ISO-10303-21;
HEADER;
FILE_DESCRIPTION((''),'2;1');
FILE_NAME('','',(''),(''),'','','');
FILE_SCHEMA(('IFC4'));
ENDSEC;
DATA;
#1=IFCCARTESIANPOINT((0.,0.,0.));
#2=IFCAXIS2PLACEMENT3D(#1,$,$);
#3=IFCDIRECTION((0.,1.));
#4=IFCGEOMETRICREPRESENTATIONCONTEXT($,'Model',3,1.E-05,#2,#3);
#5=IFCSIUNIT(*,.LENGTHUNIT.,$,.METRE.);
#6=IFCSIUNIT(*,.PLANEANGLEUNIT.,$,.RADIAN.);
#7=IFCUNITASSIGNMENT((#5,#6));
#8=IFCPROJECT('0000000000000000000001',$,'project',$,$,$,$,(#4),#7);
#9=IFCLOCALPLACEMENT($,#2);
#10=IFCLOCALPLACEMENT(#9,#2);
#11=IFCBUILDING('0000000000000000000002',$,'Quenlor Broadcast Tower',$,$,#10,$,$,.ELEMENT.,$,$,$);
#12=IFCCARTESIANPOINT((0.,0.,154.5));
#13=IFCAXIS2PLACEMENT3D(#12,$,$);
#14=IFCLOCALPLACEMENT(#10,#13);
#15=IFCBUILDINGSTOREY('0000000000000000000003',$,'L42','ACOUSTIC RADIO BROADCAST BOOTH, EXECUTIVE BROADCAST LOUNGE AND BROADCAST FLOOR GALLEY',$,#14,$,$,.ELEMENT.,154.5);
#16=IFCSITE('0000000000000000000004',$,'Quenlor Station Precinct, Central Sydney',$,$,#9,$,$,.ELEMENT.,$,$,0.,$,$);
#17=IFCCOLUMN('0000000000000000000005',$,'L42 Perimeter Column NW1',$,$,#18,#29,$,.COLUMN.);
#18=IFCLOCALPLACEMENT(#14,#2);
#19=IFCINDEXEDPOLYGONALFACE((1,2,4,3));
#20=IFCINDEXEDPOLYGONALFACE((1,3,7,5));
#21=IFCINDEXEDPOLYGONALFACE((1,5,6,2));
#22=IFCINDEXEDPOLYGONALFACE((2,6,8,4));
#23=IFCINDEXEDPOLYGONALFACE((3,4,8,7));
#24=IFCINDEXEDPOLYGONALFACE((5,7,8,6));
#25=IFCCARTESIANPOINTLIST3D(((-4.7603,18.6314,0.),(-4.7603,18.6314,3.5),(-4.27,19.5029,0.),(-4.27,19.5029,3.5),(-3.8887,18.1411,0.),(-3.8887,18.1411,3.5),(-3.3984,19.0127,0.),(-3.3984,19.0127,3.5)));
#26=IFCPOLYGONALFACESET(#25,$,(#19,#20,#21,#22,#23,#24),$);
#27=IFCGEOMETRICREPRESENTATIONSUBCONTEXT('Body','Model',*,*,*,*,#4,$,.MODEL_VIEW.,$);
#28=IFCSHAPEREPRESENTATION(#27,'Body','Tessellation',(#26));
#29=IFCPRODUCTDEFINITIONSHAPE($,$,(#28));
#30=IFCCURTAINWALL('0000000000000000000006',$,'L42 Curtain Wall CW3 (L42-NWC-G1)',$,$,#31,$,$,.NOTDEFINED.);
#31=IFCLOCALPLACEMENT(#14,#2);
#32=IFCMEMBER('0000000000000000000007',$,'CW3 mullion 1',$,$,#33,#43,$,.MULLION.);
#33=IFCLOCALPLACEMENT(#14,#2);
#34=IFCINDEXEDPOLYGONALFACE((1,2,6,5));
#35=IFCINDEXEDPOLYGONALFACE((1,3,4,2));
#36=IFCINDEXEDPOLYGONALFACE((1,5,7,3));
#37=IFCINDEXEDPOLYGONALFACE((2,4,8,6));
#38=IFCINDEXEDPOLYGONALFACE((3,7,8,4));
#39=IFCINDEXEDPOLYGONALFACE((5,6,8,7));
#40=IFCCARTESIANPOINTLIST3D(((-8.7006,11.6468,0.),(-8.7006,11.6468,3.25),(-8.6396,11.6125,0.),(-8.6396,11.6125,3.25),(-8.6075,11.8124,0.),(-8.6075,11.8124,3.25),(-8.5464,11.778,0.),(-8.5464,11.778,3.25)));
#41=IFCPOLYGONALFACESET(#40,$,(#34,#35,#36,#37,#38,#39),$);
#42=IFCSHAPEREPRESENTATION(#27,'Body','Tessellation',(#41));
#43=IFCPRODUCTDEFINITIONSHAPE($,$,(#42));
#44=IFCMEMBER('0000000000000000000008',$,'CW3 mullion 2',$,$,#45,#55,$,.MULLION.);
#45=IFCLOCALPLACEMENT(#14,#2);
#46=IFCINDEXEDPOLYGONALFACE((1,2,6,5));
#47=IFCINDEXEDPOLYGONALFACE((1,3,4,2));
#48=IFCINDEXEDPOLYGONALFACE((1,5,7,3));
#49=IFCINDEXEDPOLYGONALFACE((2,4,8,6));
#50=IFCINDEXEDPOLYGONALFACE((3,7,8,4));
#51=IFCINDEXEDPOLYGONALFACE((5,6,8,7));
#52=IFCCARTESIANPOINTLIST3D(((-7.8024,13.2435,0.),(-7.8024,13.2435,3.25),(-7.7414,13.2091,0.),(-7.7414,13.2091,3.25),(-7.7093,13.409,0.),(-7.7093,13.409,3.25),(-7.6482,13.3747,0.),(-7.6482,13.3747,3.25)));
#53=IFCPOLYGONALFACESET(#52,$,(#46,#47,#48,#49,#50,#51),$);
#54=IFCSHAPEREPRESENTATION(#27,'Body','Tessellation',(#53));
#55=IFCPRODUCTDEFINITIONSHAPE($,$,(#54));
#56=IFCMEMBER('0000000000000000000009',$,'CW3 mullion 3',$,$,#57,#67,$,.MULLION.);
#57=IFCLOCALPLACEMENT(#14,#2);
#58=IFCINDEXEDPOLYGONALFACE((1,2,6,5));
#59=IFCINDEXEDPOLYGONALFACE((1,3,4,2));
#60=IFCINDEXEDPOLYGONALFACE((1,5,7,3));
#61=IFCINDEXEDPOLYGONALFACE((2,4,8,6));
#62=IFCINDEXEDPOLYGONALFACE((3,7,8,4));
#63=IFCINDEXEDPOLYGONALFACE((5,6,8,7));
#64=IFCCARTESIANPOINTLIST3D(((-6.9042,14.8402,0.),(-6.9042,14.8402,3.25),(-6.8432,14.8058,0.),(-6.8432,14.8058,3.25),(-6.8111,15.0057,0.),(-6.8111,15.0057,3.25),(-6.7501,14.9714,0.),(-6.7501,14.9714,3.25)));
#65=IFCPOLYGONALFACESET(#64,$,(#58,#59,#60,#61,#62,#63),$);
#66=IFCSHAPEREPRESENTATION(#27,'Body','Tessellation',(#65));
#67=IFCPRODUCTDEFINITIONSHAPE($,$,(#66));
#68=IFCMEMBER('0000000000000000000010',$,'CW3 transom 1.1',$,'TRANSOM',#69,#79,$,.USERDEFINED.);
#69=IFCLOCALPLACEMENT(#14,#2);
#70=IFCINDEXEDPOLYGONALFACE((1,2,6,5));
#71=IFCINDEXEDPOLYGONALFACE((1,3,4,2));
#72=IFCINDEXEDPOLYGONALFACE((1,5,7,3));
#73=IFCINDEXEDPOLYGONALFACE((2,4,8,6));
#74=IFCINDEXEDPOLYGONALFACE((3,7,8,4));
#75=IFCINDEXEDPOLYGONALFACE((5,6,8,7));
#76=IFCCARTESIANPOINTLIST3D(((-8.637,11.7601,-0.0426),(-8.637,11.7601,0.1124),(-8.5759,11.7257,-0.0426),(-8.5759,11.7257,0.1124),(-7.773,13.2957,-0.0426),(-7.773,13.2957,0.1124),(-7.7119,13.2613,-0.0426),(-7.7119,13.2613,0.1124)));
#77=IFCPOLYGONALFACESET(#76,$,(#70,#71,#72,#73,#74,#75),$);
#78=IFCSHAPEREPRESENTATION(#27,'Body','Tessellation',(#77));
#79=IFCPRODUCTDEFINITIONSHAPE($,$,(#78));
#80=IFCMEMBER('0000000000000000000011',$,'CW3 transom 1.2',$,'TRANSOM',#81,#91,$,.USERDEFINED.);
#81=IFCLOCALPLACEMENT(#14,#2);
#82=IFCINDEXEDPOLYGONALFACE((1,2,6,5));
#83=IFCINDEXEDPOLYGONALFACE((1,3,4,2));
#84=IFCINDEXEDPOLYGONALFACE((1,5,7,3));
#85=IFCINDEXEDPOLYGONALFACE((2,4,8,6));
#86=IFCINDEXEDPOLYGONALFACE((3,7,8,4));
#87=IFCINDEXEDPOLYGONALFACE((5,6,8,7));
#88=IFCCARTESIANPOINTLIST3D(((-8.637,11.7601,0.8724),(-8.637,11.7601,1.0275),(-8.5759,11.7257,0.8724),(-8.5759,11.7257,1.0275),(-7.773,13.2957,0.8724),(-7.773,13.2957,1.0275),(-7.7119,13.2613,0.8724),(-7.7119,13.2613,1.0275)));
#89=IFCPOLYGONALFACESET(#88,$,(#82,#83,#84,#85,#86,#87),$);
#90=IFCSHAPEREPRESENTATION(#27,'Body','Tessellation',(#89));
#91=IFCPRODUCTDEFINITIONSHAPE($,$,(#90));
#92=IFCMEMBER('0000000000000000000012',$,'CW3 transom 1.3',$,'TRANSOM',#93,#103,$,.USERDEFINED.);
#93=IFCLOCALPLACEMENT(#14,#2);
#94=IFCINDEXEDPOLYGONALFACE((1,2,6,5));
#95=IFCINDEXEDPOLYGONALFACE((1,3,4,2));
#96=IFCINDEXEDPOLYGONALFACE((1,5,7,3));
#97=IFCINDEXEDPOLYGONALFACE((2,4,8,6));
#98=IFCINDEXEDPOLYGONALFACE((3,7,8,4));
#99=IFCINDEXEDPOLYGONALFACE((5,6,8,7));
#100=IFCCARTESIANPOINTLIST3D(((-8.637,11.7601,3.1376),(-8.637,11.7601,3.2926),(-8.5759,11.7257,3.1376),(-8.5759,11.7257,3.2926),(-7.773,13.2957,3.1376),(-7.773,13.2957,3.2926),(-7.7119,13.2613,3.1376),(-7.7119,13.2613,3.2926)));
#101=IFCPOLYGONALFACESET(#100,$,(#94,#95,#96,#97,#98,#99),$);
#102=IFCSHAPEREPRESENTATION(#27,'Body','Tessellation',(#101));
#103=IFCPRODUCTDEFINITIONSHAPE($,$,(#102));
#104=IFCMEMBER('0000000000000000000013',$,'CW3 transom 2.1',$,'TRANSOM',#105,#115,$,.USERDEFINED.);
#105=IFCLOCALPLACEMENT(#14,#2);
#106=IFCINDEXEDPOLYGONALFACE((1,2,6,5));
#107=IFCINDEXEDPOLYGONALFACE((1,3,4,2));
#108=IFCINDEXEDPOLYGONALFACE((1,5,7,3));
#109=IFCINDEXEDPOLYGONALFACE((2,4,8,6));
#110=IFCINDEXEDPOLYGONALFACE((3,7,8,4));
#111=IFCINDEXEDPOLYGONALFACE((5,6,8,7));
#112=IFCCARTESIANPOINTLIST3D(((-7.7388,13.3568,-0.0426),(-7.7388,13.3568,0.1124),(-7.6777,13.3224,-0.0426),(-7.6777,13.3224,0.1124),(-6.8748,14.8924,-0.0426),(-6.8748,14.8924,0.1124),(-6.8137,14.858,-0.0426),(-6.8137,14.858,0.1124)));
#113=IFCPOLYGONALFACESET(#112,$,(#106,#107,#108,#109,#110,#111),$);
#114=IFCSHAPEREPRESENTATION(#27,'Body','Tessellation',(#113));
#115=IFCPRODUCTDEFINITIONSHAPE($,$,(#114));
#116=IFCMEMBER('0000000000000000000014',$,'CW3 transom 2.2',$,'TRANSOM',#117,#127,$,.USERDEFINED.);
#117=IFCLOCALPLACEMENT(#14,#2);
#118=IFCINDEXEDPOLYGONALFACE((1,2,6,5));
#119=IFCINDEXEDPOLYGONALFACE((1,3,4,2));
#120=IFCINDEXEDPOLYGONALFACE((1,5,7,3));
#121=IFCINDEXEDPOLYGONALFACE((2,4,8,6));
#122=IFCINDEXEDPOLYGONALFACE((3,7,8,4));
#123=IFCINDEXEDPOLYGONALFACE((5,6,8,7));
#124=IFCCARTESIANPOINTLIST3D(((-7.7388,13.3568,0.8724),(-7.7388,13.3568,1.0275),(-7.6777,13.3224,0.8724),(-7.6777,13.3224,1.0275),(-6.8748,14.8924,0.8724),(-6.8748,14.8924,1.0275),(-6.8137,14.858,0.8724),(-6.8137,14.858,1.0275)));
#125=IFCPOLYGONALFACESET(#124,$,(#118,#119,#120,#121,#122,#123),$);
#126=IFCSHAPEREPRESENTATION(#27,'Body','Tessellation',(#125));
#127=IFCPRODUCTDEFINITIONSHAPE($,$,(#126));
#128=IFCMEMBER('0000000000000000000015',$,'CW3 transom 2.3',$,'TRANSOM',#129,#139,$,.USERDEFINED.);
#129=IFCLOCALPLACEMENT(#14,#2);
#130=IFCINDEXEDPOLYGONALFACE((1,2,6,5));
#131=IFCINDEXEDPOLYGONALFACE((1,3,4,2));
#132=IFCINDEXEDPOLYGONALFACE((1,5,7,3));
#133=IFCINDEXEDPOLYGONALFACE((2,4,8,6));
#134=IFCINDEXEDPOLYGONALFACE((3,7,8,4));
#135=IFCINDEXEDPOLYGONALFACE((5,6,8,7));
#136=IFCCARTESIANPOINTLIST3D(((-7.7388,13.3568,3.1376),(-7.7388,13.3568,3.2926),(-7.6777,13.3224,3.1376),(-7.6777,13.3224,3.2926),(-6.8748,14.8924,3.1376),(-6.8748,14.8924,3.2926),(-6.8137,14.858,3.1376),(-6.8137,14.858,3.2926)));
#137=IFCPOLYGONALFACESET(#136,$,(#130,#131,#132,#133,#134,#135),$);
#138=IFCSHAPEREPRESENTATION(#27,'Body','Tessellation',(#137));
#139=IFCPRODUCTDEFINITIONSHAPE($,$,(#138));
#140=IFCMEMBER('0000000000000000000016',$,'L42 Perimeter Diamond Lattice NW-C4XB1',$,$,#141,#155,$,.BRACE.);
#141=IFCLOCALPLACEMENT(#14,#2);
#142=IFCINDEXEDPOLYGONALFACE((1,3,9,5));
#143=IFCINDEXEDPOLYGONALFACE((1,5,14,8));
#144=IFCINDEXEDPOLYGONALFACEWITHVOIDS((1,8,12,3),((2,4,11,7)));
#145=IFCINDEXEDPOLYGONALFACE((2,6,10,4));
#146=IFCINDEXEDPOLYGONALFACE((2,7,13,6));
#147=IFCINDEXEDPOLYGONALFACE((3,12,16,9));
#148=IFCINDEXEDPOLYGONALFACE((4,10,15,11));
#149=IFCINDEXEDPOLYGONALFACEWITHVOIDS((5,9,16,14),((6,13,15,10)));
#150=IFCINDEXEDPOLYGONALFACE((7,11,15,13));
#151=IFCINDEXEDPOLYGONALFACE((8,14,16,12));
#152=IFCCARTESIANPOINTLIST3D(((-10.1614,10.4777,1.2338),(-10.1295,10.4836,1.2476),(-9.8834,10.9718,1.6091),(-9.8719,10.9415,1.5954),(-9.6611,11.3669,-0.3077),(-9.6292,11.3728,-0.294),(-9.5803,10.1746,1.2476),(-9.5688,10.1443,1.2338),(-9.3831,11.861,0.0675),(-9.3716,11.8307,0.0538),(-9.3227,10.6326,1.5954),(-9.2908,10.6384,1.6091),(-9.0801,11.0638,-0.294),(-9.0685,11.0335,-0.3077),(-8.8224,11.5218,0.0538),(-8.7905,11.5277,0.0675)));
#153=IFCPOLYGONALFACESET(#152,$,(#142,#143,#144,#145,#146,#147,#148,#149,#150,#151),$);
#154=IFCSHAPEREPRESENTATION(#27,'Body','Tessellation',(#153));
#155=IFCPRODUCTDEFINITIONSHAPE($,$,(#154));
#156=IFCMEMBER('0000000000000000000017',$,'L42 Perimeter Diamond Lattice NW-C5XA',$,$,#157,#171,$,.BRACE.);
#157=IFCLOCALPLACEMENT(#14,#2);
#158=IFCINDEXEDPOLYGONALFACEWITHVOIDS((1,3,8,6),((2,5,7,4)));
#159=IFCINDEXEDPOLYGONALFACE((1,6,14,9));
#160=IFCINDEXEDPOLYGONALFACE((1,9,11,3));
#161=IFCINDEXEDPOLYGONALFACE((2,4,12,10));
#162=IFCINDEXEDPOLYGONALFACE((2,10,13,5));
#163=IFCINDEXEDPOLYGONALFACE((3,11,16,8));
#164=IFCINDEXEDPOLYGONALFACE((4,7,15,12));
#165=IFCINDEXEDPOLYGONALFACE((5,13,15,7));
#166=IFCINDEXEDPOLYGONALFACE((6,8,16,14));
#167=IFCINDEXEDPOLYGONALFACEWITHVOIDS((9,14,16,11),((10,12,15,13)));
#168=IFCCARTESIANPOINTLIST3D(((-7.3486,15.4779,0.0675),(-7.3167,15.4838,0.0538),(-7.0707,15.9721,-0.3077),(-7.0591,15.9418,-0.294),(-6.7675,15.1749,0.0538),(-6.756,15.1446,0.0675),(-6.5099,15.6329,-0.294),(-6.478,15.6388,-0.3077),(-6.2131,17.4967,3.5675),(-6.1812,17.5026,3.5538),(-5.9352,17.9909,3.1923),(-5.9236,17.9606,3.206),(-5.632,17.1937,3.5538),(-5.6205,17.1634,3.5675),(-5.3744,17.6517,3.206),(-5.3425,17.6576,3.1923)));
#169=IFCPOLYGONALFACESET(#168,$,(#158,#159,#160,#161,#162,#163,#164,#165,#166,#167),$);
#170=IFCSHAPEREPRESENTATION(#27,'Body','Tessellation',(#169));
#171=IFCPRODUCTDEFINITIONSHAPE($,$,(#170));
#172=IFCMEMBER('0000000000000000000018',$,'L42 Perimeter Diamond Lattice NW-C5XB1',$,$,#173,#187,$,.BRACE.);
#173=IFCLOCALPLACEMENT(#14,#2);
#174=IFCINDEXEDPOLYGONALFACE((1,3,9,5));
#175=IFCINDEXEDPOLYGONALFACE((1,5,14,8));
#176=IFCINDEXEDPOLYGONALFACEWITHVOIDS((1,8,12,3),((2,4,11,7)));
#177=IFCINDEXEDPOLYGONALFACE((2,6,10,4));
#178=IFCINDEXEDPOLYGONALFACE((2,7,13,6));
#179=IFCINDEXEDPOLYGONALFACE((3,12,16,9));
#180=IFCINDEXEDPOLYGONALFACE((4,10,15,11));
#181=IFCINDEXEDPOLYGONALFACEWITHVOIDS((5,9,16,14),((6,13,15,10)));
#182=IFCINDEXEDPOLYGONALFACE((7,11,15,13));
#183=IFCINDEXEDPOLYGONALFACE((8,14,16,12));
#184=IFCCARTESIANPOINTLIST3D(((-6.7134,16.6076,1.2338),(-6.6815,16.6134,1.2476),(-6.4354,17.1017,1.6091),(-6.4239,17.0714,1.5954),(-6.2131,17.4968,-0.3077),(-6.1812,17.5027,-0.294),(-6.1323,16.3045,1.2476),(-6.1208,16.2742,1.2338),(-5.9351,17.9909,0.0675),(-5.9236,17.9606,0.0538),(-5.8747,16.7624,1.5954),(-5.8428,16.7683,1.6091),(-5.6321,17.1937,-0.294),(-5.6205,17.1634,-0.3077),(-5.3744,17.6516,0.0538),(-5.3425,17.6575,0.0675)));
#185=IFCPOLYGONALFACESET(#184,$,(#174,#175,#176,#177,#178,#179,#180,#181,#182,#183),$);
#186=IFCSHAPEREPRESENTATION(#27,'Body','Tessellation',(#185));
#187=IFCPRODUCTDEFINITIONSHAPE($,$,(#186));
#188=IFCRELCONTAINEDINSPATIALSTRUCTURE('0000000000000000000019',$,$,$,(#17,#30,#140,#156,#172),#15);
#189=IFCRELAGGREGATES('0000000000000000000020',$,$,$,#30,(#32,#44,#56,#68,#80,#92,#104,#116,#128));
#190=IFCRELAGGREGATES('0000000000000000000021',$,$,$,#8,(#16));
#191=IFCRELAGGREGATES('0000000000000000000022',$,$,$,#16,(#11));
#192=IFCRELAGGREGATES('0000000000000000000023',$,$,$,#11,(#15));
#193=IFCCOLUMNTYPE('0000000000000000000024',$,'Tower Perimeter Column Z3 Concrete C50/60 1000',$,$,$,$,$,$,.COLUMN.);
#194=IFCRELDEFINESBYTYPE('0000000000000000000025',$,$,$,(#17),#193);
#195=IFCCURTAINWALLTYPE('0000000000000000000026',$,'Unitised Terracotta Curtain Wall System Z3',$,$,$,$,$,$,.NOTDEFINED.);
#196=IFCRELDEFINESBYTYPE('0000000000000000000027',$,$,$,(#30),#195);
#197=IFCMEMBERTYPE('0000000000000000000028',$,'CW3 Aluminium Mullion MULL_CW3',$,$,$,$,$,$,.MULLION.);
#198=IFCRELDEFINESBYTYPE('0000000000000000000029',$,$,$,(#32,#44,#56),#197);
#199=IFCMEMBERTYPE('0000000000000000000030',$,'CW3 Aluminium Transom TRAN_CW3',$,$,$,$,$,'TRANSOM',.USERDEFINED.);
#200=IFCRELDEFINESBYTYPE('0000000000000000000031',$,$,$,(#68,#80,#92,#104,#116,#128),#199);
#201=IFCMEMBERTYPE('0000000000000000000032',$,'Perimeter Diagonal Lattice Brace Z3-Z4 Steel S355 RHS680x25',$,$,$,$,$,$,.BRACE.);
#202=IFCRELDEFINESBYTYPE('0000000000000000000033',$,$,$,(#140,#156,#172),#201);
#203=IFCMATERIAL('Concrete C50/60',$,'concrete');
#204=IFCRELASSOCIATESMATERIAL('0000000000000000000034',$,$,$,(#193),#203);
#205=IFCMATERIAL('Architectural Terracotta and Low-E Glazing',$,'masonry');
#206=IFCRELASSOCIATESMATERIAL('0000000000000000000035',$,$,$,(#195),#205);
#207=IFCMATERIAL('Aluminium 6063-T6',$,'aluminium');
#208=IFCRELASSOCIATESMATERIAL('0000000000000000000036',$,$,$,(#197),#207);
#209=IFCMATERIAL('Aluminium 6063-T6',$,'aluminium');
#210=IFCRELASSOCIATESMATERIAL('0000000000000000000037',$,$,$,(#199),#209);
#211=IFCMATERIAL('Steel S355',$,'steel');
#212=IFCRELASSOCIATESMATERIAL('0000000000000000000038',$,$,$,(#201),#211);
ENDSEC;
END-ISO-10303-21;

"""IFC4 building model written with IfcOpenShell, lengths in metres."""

from ifc_helpers import new_model, si_unit, direction, frame, origin, origin_2d, place, context, subcontext, project, spatial, rectangle, hollow_rectangle, extrude, material, material_profile, profile_set, type_object, element, aggregate, save


model = new_model("IFC4")

# Units and contexts
model_context = context("Model", 3, precision=1e-05, world=origin(), true_north=direction((0.0, 1.0)))
body_context = subcontext(model_context, "Body", "Model", "MODEL_VIEW")
ifc_project = project(units=[si_unit("LENGTHUNIT", "METRE"), si_unit("PLANEANGLEUNIT", "RADIAN")], contexts=[model_context])

# Site, building, storey
site_placement = place(None, origin())
site = spatial("IfcSite", under=ifc_project, at=site_placement, Name="Quenlor Station Precinct, Central Sydney", CompositionType="ELEMENT", RefElevation=0.0)
building_placement = place(site_placement, origin())
building = spatial("IfcBuilding", under=site, at=building_placement, Name="Quenlor Broadcast Tower", CompositionType="ELEMENT")
storey_placement = place(building_placement, frame((0.0, 0.0, 154.5)))
storey = spatial("IfcBuildingStorey", under=building, at=storey_placement, Name="L42", Description="ACOUSTIC RADIO BROADCAST BOOTH, EXECUTIVE BROADCAST LOUNGE AND BROADCAST FLOOR GALLEY", CompositionType="ELEMENT", Elevation=154.5)

# Column
ifc_material_1 = material(Name="Concrete C50/60", Category="concrete")
ifc_material_profile_1 = material_profile(ifc_material_1, rectangle(XDim=1.0, YDim=1.0, at=origin_2d()))
ifc_profile_set_1 = profile_set([ifc_material_profile_1], Name="Concrete C50/60 RC1000x1000")
column_type = type_object("IfcColumnType", Name="Tower Perimeter Column Z3 Concrete C50/60 1000", PredefinedType="COLUMN", material=ifc_profile_set_1)
column_placement = place(storey_placement, frame((-4.0793, 18.822, 0.0), z_axis=(0.0, 0.0, 1.0), x_axis=(-0.871575, 0.490262, 0.0)))
element("IfcColumn", 1, at=column_placement, inside=storey, type_object=column_type, Name="L42 Perimeter Column NW1", PredefinedType="COLUMN", context=body_context, shape_type="SweptSolid", body=[
    extrude(rectangle(XDim=1.0, YDim=1.0, at=origin_2d()), origin(), (0.0, 0.0, 1.0), 3.5),
])

# Curtain wall, members
ifc_material_2 = material(Name="Architectural Terracotta and Low-E Glazing", Category="masonry")
curtain_wall_type = type_object("IfcCurtainWallType", Name="Unitised Terracotta Curtain Wall System Z3", PredefinedType="NOTDEFINED", material=ifc_material_2)
curtain_wall_placement = place(storey_placement, origin())
curtain_wall = element("IfcCurtainWall", 2, at=curtain_wall_placement, inside=storey, type_object=curtain_wall_type, Name="L42 Curtain Wall CW3 (L42-NWC-G1)", PredefinedType="NOTDEFINED")
ifc_material_3 = material(Name="Aluminium 6063-T6", Category="aluminium")
ifc_material_profile_2 = material_profile(ifc_material_3, rectangle(XDim=0.0701, YDim=0.1899, at=origin_2d()))
ifc_profile_set_2 = profile_set([ifc_material_profile_2], Name="Aluminium 6063-T6 MULL70x190")
member_type_1 = type_object("IfcMemberType", Name="CW3 Aluminium Mullion MULL_CW3", PredefinedType="MULLION", material=ifc_profile_set_2)
member_1_placement = place(storey_placement, frame((-8.6235, 11.7124, 0.0), z_axis=(0.0, 0.0, 1.0), x_axis=(-0.871571, 0.49027, 0.0)))
member_1 = element("IfcMember", 3, at=member_1_placement, type_object=member_type_1, Name="CW3 mullion 1", PredefinedType="MULLION", context=body_context, shape_type="SweptSolid", body=[
    extrude(rectangle(XDim=0.0701, YDim=0.1899, at=origin_2d()), origin(), (0.0, 0.0, 1.0), 3.25),
])
member_2_placement = place(storey_placement, frame((-7.7253, 13.3091, 0.0), z_axis=(0.0, 0.0, 1.0), x_axis=(-0.871571, 0.49027, 0.0)))
member_2 = element("IfcMember", 4, at=member_2_placement, type_object=member_type_1, Name="CW3 mullion 2", PredefinedType="MULLION", context=body_context, shape_type="SweptSolid", body=[
    extrude(rectangle(XDim=0.0701, YDim=0.1899, at=origin_2d()), origin(), (0.0, 0.0, 1.0), 3.25),
])
member_3_placement = place(storey_placement, frame((-6.8271, 14.9058, 0.0), z_axis=(0.0, 0.0, 1.0), x_axis=(-0.871571, 0.49027, 0.0)))
member_3 = element("IfcMember", 5, at=member_3_placement, type_object=member_type_1, Name="CW3 mullion 3", PredefinedType="MULLION", context=body_context, shape_type="SweptSolid", body=[
    extrude(rectangle(XDim=0.0701, YDim=0.1899, at=origin_2d()), origin(), (0.0, 0.0, 1.0), 3.25),
])
ifc_material_4 = material(Name="Aluminium 6063-T6", Category="aluminium")
ifc_material_profile_3 = material_profile(ifc_material_4, rectangle(XDim=0.0701, YDim=0.155, at=origin_2d()))
ifc_profile_set_3 = profile_set([ifc_material_profile_3], Name="Aluminium 6063-T6 TRAN70x155")
member_type_2 = type_object("IfcMemberType", Name="CW3 Aluminium Transom TRAN_CW3", ElementType="TRANSOM", PredefinedType="USERDEFINED", material=ifc_profile_set_3)
member_4_placement = place(storey_placement, frame((-8.6064, 11.7429, 0.0349), z_axis=(0.490353, 0.871524, 0.0), x_axis=(-0.871524, 0.490353, 0.0)))
member_4 = element("IfcMember", 6, at=member_4_placement, type_object=member_type_2, Name="CW3 transom 1.1", ObjectType="TRANSOM", PredefinedType="USERDEFINED", context=body_context, shape_type="SweptSolid", body=[
    extrude(rectangle(XDim=0.0701, YDim=0.155, at=origin_2d()), origin(), (0.0, 0.0, 1.0), 1.762),
])
member_5_placement = place(storey_placement, frame((-8.6064, 11.7429, 0.95), z_axis=(0.490353, 0.871524, 0.0), x_axis=(-0.871524, 0.490353, 0.0)))
member_5 = element("IfcMember", 7, at=member_5_placement, type_object=member_type_2, Name="CW3 transom 1.2", ObjectType="TRANSOM", PredefinedType="USERDEFINED", context=body_context, shape_type="SweptSolid", body=[
    extrude(rectangle(XDim=0.0701, YDim=0.155, at=origin_2d()), origin(), (0.0, 0.0, 1.0), 1.762),
])
member_6_placement = place(storey_placement, frame((-8.6064, 11.7429, 3.2151), z_axis=(0.490353, 0.871524, 0.0), x_axis=(-0.871524, 0.490353, 0.0)))
member_6 = element("IfcMember", 8, at=member_6_placement, type_object=member_type_2, Name="CW3 transom 1.3", ObjectType="TRANSOM", PredefinedType="USERDEFINED", context=body_context, shape_type="SweptSolid", body=[
    extrude(rectangle(XDim=0.0701, YDim=0.155, at=origin_2d()), origin(), (0.0, 0.0, 1.0), 1.762),
])
member_7_placement = place(storey_placement, frame((-7.7083, 13.3396, 0.0349), z_axis=(0.490353, 0.871524, 0.0), x_axis=(-0.871524, 0.490353, 0.0)))
member_7 = element("IfcMember", 9, at=member_7_placement, type_object=member_type_2, Name="CW3 transom 2.1", ObjectType="TRANSOM", PredefinedType="USERDEFINED", context=body_context, shape_type="SweptSolid", body=[
    extrude(rectangle(XDim=0.0701, YDim=0.155, at=origin_2d()), origin(), (0.0, 0.0, 1.0), 1.762),
])
member_8_placement = place(storey_placement, frame((-7.7083, 13.3396, 0.95), z_axis=(0.490353, 0.871524, 0.0), x_axis=(-0.871524, 0.490353, 0.0)))
member_8 = element("IfcMember", 10, at=member_8_placement, type_object=member_type_2, Name="CW3 transom 2.2", ObjectType="TRANSOM", PredefinedType="USERDEFINED", context=body_context, shape_type="SweptSolid", body=[
    extrude(rectangle(XDim=0.0701, YDim=0.155, at=origin_2d()), origin(), (0.0, 0.0, 1.0), 1.762),
])
member_9_placement = place(storey_placement, frame((-7.7083, 13.3396, 3.2151), z_axis=(0.490353, 0.871524, 0.0), x_axis=(-0.871524, 0.490353, 0.0)))
member_9 = element("IfcMember", 11, at=member_9_placement, type_object=member_type_2, Name="CW3 transom 2.3", ObjectType="TRANSOM", PredefinedType="USERDEFINED", context=body_context, shape_type="SweptSolid", body=[
    extrude(rectangle(XDim=0.0701, YDim=0.155, at=origin_2d()), origin(), (0.0, 0.0, 1.0), 1.762),
])

# Members
ifc_material_5 = material(Name="Steel S355", Category="steel")
ifc_material_profile_4 = material_profile(ifc_material_5, hollow_rectangle(XDim=0.6799, YDim=0.6799, WallThickness=0.0249, at=origin_2d()))
ifc_profile_set_4 = profile_set([ifc_material_profile_4], Name="Steel S355 RHS680x680x25")
member_type_3 = type_object("IfcMemberType", Name="Perimeter Diagonal Lattice Brace Z3-Z4 Steel S355 RHS680x25", PredefinedType="BRACE", material=ifc_profile_set_4)
member_10_placement = place(storey_placement, frame((-9.2258, 11.4473, -0.1201), z_axis=(-0.270616, -0.481008, 0.833905), x_axis=(0.871537, -0.490329, 0.0)))
element("IfcMember", 12, at=member_10_placement, inside=storey, type_object=member_type_3, Name="L42 Perimeter Diamond Lattice NW-C4XB1", PredefinedType="BRACE", context=body_context, shape_type="SweptSolid", body=[
    extrude(hollow_rectangle(XDim=0.6799, YDim=0.6799, WallThickness=0.0249, at=origin_2d()), origin(), (0.0, 0.0, 1.0), 1.8486),
])
member_11_placement = place(storey_placement, frame((-6.9133, 15.5583, -0.1201), z_axis=(0.270549, 0.481009, 0.833927), x_axis=(-0.87159, 0.490236, 0.0)))
element("IfcMember", 13, at=member_11_placement, inside=storey, type_object=member_type_3, Name="L42 Perimeter Diamond Lattice NW-C5XA", PredefinedType="BRACE", context=body_context, shape_type="SweptSolid", body=[
    extrude(hollow_rectangle(XDim=0.6799, YDim=0.6799, WallThickness=0.0249, at=origin_2d()), origin(), (0.0, 0.0, 1.0), 4.197),
])
for number, where, z_axis, x_axis, name in (
    (14, (-5.7778, 17.5771, -0.1201), (-0.270616, -0.481008, 0.833905), (0.871537, -0.490329, 0.0), "L42 Perimeter Diamond Lattice NW-C5XB1"),
):
    element("IfcMember", number, at=place(storey_placement, frame(where, z_axis=z_axis, x_axis=x_axis)), inside=storey, type_object=member_type_3, Name=name, PredefinedType="BRACE", context=body_context, shape_type="SweptSolid", body=[
        extrude(hollow_rectangle(XDim=0.6799, YDim=0.6799, WallThickness=0.0249, at=origin_2d()), origin(), (0.0, 0.0, 1.0), 1.8486),
    ])

aggregate(curtain_wall, [member_1, member_2, member_3, member_4, member_5, member_6, member_7, member_8, member_9])

save(model, "model.ifc")
